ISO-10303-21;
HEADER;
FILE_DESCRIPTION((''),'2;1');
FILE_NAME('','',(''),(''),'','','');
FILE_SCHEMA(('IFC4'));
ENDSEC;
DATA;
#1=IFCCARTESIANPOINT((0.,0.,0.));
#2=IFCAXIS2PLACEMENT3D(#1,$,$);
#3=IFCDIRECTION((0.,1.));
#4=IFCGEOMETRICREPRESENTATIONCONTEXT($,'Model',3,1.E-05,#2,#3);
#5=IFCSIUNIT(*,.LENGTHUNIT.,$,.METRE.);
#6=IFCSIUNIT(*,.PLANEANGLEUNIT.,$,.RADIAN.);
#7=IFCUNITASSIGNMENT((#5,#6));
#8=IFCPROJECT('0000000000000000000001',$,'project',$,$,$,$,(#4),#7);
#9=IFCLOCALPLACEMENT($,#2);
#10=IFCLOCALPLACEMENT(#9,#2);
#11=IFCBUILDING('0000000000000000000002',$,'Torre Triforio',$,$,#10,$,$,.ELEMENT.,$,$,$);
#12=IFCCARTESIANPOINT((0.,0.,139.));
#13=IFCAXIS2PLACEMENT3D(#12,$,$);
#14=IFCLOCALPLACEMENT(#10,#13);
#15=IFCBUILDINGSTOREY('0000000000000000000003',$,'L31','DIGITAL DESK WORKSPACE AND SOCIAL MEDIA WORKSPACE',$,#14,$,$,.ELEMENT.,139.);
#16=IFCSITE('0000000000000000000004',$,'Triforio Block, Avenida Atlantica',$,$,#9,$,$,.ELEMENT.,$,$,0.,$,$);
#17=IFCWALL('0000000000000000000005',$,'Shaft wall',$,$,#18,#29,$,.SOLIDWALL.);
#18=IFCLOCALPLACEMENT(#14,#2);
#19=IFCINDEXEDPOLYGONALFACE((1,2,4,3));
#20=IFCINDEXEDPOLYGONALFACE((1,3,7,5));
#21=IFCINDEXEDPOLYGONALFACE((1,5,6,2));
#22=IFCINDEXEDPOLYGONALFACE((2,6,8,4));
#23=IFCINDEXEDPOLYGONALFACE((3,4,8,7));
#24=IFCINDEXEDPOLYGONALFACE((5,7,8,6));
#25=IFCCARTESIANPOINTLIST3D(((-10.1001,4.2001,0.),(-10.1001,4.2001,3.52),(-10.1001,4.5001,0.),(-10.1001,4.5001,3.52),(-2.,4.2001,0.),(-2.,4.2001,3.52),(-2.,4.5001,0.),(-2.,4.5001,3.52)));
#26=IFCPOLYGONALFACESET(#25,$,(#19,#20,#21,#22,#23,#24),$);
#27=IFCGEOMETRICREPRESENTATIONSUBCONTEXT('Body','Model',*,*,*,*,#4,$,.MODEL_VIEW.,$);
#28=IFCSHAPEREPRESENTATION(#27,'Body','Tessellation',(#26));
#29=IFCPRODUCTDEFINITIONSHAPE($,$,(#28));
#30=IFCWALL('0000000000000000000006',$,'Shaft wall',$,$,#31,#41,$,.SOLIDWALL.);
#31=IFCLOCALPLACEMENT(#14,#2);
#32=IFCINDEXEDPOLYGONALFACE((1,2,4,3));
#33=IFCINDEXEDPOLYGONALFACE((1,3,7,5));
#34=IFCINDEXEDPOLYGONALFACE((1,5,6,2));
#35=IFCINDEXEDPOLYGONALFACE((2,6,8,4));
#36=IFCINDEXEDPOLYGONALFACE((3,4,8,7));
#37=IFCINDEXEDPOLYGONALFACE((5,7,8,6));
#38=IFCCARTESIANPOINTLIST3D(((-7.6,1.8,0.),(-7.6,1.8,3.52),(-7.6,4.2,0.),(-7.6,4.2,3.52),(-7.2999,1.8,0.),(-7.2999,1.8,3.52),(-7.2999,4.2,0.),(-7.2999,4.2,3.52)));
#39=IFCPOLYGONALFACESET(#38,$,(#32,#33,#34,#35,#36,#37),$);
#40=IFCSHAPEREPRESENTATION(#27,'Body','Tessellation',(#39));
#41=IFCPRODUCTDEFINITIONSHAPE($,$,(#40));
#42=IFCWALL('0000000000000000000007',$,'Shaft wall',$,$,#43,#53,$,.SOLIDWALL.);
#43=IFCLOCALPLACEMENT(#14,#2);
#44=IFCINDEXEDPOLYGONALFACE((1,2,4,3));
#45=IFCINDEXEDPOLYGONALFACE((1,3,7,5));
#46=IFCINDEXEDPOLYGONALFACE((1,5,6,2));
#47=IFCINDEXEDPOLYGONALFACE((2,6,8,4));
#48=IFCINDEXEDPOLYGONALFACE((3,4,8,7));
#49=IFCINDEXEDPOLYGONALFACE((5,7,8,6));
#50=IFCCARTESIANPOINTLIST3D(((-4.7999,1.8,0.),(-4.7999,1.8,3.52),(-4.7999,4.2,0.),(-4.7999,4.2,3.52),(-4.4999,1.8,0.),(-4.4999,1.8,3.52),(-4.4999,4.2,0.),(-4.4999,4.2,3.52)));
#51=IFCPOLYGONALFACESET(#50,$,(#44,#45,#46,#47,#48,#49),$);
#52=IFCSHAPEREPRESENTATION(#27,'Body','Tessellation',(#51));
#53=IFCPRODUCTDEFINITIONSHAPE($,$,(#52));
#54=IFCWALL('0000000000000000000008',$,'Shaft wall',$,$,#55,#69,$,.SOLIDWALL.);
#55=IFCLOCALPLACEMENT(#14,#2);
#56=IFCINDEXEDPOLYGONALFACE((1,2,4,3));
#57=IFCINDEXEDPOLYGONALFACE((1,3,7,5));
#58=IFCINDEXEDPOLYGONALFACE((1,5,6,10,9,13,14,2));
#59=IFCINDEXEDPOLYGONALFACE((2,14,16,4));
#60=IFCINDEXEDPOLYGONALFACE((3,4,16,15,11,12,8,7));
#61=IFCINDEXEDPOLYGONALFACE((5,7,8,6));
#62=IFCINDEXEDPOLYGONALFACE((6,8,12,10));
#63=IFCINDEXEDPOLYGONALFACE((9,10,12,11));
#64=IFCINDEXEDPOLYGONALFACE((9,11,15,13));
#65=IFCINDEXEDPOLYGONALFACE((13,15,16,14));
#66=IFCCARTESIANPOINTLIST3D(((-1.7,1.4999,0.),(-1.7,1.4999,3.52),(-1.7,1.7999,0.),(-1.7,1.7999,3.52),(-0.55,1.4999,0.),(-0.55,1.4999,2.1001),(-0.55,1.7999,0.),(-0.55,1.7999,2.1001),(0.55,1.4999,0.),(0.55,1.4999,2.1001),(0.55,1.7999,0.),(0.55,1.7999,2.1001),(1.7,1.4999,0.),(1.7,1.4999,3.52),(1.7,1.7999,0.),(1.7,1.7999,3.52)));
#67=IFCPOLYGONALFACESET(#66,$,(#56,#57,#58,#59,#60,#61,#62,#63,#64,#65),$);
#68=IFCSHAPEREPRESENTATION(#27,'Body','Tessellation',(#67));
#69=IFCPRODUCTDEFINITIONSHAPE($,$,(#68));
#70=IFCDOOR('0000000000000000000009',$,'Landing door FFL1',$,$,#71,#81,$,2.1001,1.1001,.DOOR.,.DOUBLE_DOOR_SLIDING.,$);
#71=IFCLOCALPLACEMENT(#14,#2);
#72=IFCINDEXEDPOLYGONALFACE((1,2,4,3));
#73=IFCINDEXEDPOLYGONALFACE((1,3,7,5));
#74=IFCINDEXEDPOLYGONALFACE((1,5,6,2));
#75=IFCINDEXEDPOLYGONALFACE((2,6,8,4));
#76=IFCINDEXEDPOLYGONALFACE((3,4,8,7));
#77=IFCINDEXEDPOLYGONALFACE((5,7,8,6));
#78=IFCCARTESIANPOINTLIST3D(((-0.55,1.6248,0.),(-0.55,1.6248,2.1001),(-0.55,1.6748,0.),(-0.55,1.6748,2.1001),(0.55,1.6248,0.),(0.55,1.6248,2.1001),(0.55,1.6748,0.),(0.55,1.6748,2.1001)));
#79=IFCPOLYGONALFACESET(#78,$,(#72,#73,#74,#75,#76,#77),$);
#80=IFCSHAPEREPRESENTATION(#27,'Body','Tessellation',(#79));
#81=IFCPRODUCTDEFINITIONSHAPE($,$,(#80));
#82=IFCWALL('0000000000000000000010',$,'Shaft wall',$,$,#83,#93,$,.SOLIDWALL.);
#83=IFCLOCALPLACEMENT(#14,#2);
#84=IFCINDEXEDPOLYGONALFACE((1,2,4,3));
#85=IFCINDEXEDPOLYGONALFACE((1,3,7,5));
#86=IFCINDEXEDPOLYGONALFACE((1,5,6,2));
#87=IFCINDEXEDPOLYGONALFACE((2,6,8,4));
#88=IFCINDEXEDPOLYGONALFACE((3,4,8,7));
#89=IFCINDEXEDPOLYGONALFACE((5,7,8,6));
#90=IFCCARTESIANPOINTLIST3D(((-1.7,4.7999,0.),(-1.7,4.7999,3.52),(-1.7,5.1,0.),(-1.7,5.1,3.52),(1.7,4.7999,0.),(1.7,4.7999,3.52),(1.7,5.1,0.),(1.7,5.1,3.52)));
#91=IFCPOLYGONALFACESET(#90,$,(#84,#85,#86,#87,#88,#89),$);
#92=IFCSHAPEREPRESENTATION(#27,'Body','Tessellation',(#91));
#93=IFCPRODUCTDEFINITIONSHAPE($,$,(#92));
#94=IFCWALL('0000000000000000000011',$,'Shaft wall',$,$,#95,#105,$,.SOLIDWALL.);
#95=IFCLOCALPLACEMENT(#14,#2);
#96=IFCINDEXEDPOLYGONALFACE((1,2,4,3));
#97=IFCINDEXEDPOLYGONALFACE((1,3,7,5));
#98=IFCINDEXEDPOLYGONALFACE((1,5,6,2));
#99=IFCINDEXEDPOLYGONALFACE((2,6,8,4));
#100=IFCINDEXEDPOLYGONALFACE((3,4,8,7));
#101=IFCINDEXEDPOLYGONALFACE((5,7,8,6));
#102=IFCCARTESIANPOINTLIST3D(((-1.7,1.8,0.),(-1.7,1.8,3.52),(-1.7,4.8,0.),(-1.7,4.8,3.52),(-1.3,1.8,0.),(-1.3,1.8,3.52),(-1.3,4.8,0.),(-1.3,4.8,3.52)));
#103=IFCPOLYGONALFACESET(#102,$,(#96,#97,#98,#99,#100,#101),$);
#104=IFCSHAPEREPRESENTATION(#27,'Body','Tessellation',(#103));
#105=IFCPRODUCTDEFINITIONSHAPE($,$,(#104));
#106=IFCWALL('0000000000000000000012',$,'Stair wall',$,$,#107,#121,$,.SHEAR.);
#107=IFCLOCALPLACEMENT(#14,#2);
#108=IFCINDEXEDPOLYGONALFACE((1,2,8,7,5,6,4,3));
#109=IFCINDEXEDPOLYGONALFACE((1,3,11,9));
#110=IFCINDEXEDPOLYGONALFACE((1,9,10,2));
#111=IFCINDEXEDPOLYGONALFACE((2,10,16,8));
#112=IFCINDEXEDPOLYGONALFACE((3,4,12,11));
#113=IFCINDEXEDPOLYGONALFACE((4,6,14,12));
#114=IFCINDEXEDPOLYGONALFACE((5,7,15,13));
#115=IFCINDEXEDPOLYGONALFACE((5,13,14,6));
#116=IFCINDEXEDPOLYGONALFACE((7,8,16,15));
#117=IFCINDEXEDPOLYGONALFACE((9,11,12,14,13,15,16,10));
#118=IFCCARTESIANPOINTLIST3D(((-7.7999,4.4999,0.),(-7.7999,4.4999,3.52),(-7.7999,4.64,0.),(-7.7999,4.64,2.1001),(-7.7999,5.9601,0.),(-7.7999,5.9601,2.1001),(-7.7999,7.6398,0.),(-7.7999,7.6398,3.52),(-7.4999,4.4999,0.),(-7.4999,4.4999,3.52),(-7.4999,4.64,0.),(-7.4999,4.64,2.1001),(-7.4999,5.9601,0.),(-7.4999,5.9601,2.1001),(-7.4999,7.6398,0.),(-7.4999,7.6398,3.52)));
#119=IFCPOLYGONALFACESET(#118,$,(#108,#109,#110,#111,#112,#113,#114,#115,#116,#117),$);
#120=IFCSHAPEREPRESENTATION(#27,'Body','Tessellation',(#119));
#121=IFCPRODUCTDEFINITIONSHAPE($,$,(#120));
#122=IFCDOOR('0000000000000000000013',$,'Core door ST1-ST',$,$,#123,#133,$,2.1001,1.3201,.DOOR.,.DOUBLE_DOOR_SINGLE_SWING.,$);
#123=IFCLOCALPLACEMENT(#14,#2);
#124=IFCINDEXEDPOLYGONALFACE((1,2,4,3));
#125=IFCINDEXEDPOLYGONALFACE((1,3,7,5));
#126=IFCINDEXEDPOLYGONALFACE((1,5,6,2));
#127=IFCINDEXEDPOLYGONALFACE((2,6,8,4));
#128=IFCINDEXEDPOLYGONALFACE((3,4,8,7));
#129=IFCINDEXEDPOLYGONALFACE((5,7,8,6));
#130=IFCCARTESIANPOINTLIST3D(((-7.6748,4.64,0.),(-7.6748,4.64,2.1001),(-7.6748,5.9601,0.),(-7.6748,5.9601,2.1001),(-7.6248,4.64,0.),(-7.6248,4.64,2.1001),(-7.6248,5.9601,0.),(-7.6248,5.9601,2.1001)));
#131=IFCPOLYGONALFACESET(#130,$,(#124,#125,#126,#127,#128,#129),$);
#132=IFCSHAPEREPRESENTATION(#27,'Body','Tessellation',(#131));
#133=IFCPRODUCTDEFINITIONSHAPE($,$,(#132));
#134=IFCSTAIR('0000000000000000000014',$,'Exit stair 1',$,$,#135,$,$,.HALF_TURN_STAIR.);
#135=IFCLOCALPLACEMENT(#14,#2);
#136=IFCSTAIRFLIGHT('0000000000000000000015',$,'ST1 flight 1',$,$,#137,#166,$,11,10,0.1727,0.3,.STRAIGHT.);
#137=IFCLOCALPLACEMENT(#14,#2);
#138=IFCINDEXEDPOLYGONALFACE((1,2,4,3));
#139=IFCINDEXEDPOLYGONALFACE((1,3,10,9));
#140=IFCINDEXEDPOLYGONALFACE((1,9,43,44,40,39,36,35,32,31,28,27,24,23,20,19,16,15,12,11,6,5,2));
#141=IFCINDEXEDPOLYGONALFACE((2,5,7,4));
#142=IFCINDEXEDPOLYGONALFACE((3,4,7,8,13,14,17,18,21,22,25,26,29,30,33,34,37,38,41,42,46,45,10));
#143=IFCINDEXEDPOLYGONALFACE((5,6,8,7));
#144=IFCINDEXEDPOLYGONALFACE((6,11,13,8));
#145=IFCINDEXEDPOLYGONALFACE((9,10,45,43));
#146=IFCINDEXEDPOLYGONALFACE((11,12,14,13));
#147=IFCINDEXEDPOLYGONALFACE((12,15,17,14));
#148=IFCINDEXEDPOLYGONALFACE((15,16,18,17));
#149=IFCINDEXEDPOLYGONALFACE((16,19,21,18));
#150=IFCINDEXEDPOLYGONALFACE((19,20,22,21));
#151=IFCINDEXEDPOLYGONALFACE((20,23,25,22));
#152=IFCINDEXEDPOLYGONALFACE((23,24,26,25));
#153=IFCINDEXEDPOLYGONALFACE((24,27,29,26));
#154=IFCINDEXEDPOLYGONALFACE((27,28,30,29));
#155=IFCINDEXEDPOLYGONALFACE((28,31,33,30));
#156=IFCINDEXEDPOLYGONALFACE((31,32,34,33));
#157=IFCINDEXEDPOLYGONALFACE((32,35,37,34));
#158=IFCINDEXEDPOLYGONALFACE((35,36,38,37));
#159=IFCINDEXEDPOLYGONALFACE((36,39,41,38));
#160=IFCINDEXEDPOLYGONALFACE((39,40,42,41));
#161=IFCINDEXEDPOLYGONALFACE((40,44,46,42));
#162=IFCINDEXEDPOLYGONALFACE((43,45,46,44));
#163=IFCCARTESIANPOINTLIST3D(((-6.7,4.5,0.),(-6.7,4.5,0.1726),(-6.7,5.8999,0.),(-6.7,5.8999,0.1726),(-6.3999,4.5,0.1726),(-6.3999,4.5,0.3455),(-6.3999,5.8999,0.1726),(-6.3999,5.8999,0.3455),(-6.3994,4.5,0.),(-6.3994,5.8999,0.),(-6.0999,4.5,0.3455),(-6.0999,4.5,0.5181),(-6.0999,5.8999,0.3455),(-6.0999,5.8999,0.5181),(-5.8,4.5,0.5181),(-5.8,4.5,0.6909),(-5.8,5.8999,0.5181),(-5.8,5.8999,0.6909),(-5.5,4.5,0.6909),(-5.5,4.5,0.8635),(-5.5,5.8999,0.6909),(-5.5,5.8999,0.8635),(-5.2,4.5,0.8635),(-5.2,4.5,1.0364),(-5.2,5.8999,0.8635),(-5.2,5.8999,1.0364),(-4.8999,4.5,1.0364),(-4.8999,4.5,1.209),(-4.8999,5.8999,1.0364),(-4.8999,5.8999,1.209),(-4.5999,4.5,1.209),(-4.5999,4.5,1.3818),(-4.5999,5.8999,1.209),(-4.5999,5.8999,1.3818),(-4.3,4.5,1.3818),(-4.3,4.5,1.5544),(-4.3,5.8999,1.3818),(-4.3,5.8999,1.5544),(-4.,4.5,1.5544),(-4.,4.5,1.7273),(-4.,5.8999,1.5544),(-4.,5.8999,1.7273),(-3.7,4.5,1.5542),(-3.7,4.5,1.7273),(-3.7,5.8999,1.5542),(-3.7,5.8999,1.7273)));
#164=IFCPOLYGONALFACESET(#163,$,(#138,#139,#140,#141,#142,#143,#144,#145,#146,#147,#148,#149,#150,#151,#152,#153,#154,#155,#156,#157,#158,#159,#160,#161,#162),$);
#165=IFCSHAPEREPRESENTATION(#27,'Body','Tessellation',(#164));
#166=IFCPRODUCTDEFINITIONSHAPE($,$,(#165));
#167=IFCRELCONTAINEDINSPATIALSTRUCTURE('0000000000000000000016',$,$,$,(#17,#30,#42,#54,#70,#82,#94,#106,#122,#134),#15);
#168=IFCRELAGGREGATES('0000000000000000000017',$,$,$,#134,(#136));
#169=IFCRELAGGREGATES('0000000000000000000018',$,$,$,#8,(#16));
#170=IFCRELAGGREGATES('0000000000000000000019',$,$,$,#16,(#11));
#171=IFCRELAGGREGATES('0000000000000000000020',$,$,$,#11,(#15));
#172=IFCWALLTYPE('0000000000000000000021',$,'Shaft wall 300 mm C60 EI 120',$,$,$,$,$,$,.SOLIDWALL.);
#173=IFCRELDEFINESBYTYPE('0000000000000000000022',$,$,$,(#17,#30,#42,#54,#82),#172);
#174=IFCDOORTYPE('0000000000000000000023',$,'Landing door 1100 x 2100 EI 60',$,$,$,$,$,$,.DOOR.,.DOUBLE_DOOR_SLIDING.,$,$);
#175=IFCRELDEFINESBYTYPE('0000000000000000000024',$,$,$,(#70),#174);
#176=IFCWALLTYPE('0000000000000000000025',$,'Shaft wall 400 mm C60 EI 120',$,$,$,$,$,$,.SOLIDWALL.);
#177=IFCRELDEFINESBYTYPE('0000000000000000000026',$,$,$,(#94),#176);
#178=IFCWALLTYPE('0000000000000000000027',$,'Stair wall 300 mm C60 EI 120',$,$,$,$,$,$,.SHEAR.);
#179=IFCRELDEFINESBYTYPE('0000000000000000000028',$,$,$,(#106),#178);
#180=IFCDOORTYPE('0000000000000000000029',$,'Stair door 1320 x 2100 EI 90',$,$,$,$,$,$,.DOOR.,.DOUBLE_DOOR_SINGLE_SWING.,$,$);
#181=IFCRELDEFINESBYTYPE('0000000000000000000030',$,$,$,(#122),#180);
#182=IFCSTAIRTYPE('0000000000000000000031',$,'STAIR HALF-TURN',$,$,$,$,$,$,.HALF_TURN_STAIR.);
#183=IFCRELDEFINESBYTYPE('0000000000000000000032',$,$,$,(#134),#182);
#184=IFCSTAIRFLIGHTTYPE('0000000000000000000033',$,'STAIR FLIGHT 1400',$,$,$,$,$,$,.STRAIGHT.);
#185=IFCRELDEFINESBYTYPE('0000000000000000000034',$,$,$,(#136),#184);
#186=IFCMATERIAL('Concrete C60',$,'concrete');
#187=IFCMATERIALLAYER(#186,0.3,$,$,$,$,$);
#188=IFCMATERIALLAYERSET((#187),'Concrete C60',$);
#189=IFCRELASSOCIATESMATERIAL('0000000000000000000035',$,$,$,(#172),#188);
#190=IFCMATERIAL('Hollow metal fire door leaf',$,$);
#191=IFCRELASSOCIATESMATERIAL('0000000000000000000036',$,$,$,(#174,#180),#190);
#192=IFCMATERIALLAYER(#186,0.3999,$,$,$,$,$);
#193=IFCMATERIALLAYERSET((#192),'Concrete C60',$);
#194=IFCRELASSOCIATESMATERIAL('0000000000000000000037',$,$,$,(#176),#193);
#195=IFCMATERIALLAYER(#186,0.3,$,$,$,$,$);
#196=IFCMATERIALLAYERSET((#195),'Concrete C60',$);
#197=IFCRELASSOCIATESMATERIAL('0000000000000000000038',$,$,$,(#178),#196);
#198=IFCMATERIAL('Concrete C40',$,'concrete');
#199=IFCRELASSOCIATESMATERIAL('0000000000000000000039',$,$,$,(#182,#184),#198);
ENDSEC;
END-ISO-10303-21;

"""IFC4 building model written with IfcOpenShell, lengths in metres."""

from ifc_helpers import new_model, si_unit, direction, frame, frame_2d, origin, place, context, subcontext, project, spatial, polyline, rectangle, outline, extrude, material, layer, layer_set, type_object, element, fill, aggregate, save


model = new_model("IFC4")

# Units and contexts
model_context = context("Model", 3, precision=1e-05, world=origin(), true_north=direction((0.0, 1.0)))
body_context = subcontext(model_context, "Body", "Model", "MODEL_VIEW")
ifc_project = project(units=[si_unit("LENGTHUNIT", "METRE"), si_unit("PLANEANGLEUNIT", "RADIAN")], contexts=[model_context])

# Site, building, storey
site_placement = place(None, origin())
site = spatial("IfcSite", under=ifc_project, at=site_placement, Name="Triforio Block, Avenida Atlantica", CompositionType="ELEMENT", RefElevation=0.0)
building_placement = place(site_placement, origin())
building = spatial("IfcBuilding", under=site, at=building_placement, Name="Torre Triforio", CompositionType="ELEMENT")
storey_placement = place(building_placement, frame((0.0, 0.0, 139.0)))
storey = spatial("IfcBuildingStorey", under=building, at=storey_placement, Name="L31", Description="DIGITAL DESK WORKSPACE AND SOCIAL MEDIA WORKSPACE", CompositionType="ELEMENT", Elevation=139.0)

# Walls
ifc_material_1 = material(Name="Concrete C60", Category="concrete")
ifc_layer_1 = layer(ifc_material_1, 0.3)
ifc_layer_set_1 = layer_set([ifc_layer_1], Name="Concrete C60")
wall_type_1 = type_object("IfcWallType", Name="Shaft wall 300 mm C60 EI 120", PredefinedType="SOLIDWALL", material=ifc_layer_set_1)
wall_1_placement = place(storey_placement, frame((-10.1001, 4.3501, 0.0), z_axis=(0.0, 0.0, 1.0), x_axis=(1.0, 0.0, 0.0)))
element("IfcWall", 1, at=wall_1_placement, inside=storey, type_object=wall_type_1, Name="Shaft wall", PredefinedType="SOLIDWALL", context=body_context, shape_type="SweptSolid", body=[
    extrude(rectangle(XDim=8.1001, YDim=0.3, at=frame_2d((4.05, 0.0))), origin(), (0.0, 0.0, 1.0), 3.52),
])
for number, where, z_axis, x_axis, name in (
    (2, (-7.45, 1.8, 0.0), (0.0, 0.0, 1.0), (0.0, 1.0, 0.0), "Shaft wall"),
    (3, (-4.6499, 1.8, 0.0), (0.0, 0.0, 1.0), (0.0, 1.0, 0.0), "Shaft wall"),
):
    element("IfcWall", number, at=place(storey_placement, frame(where, z_axis=z_axis, x_axis=x_axis)), inside=storey, type_object=wall_type_1, Name=name, PredefinedType="SOLIDWALL", context=body_context, shape_type="SweptSolid", body=[
        extrude(rectangle(XDim=2.3999, YDim=0.3, at=frame_2d((1.2, 0.0))), origin(), (0.0, 0.0, 1.0), 3.52),
    ])

# Wall, opening, door
wall_2_placement = place(storey_placement, frame((-1.7, 1.6499, 0.0), z_axis=(0.0, 0.0, 1.0), x_axis=(1.0, 0.0, 0.0)))
wall_2 = element("IfcWall", 4, at=wall_2_placement, inside=storey, type_object=wall_type_1, Name="Shaft wall", PredefinedType="SOLIDWALL", context=body_context, shape_type="SweptSolid", body=[
    extrude(rectangle(XDim=3.3999, YDim=0.3, at=frame_2d((1.7, 0.0))), origin(), (0.0, 0.0, 1.0), 3.52),
])
opening_1_placement = place(wall_2_placement, frame((1.1499, 0.0, 0.0)))
opening_1 = element("IfcOpeningElement", 5, at=opening_1_placement, cuts=wall_2, PredefinedType="OPENING", context=body_context, shape_type="SweptSolid", body=[
    extrude(rectangle(XDim=1.1001, YDim=2.1001, at=frame_2d((0.55, 1.05))), frame((0.0, 0.1599, 0.0), z_axis=(0.0, -1.0, 0.0), x_axis=(1.0, 0.0, 0.0)), (0.0, 0.0, 1.0), 0.3201),
])
ifc_material_2 = material(Name="Hollow metal fire door leaf")
door_type_1 = type_object("IfcDoorType", Name="Landing door 1100 x 2100 EI 60", OperationType="DOUBLE_DOOR_SLIDING", PredefinedType="DOOR", material=ifc_material_2)
door_1_placement = place(opening_1_placement, origin())
door_1 = element("IfcDoor", 6, at=door_1_placement, inside=storey, type_object=door_type_1, Name="Landing door FFL1", OperationType="DOUBLE_DOOR_SLIDING", OverallHeight=2.1001, OverallWidth=1.1001, PredefinedType="DOOR", context=body_context, shape_type="SweptSolid", body=[
    extrude(rectangle(XDim=1.1001, YDim=2.1001, at=frame_2d((0.55, 1.05))), frame((0.0, 0.0249, 0.0), z_axis=(0.0, -1.0, 0.0), x_axis=(1.0, 0.0, 0.0)), (0.0, 0.0, 1.0), 0.05),
])
fill(opening_1, door_1)

# Walls
wall_3_placement = place(storey_placement, frame((-1.7, 4.95, 0.0), z_axis=(0.0, 0.0, 1.0), x_axis=(1.0, 0.0, 0.0)))
element("IfcWall", 7, at=wall_3_placement, inside=storey, type_object=wall_type_1, Name="Shaft wall", PredefinedType="SOLIDWALL", context=body_context, shape_type="SweptSolid", body=[
    extrude(rectangle(XDim=3.3999, YDim=0.3, at=frame_2d((1.7, 0.0))), origin(), (0.0, 0.0, 1.0), 3.52),
])
ifc_layer_2 = layer(ifc_material_1, 0.3999)
ifc_layer_set_2 = layer_set([ifc_layer_2], Name="Concrete C60")
wall_type_2 = type_object("IfcWallType", Name="Shaft wall 400 mm C60 EI 120", PredefinedType="SOLIDWALL", material=ifc_layer_set_2)
wall_4_placement = place(storey_placement, frame((-1.5, 1.8, 0.0), z_axis=(0.0, 0.0, 1.0), x_axis=(0.0, 1.0, 0.0)))
element("IfcWall", 8, at=wall_4_placement, inside=storey, type_object=wall_type_2, Name="Shaft wall", PredefinedType="SOLIDWALL", context=body_context, shape_type="SweptSolid", body=[
    extrude(rectangle(XDim=3.0, YDim=0.3999, at=frame_2d((1.5, 0.0))), origin(), (0.0, 0.0, 1.0), 3.52),
])

# Wall, opening, door
ifc_layer_3 = layer(ifc_material_1, 0.3)
ifc_layer_set_3 = layer_set([ifc_layer_3], Name="Concrete C60")
wall_type_3 = type_object("IfcWallType", Name="Stair wall 300 mm C60 EI 120", PredefinedType="SHEAR", material=ifc_layer_set_3)
wall_5_placement = place(storey_placement, frame((-7.6499, 4.5, 0.0), z_axis=(0.0, 0.0, 1.0), x_axis=(0.0, 1.0, 0.0)))
wall_5 = element("IfcWall", 9, at=wall_5_placement, inside=storey, type_object=wall_type_3, Name="Stair wall", PredefinedType="SHEAR", context=body_context, shape_type="SweptSolid", body=[
    extrude(rectangle(XDim=3.1399, YDim=0.3, at=frame_2d((1.5698, 0.0))), origin(), (0.0, 0.0, 1.0), 3.52),
])
opening_2_placement = place(wall_5_placement, frame((0.1399, 0.0, 0.0)))
opening_2 = element("IfcOpeningElement", 10, at=opening_2_placement, cuts=wall_5, PredefinedType="OPENING", context=body_context, shape_type="SweptSolid", body=[
    extrude(rectangle(XDim=1.3201, YDim=2.1001, at=frame_2d((0.6602, 1.05))), frame((0.0, 0.1599, 0.0), z_axis=(0.0, -1.0, 0.0), x_axis=(1.0, 0.0, 0.0)), (0.0, 0.0, 1.0), 0.3201),
])
door_type_2 = type_object("IfcDoorType", Name="Stair door 1320 x 2100 EI 90", OperationType="DOUBLE_DOOR_SINGLE_SWING", PredefinedType="DOOR", material=ifc_material_2)
door_2_placement = place(opening_2_placement, origin())
door_2 = element("IfcDoor", 11, at=door_2_placement, inside=storey, type_object=door_type_2, Name="Core door ST1-ST", OperationType="DOUBLE_DOOR_SINGLE_SWING", OverallHeight=2.1001, OverallWidth=1.3201, PredefinedType="DOOR", context=body_context, shape_type="SweptSolid", body=[
    extrude(rectangle(XDim=1.3201, YDim=2.1001, at=frame_2d((0.6602, 1.05))), frame((0.0, 0.0249, 0.0), z_axis=(0.0, -1.0, 0.0), x_axis=(1.0, 0.0, 0.0)), (0.0, 0.0, 1.0), 0.05),
])
fill(opening_2, door_2)

# Stair, stair flight
ifc_material_3 = material(Name="Concrete C40", Category="concrete")
stair_type = type_object("IfcStairType", Name="STAIR HALF-TURN", PredefinedType="HALF_TURN_STAIR", material=ifc_material_3)
stair_placement = place(storey_placement, origin())
stair = element("IfcStair", 12, at=stair_placement, inside=storey, type_object=stair_type, Name="Exit stair 1", PredefinedType="HALF_TURN_STAIR")
stair_flight_type = type_object("IfcStairFlightType", Name="STAIR FLIGHT 1400", PredefinedType="STRAIGHT", material=ifc_material_3)
stair_flight_placement = place(storey_placement, frame((-6.7, 5.2, 0.0), z_axis=(0.0, 0.0, 1.0), x_axis=(1.0, 0.0, 0.0)))
stair_flight = element("IfcStairFlight", 13, at=stair_flight_placement, type_object=stair_flight_type, Name="ST1 flight 1", NumberOfRisers=11, NumberOfTreads=10, PredefinedType="STRAIGHT", RiserHeight=0.1727, TreadLength=0.3, context=body_context, shape_type="SweptSolid", body=[
    extrude(outline(polyline([(0.0, 0.0), (0.0, 0.1726), (0.3, 0.1726), (0.3, 0.3455), (0.6001, 0.3455), (0.6001, 0.5181), (0.8999, 0.5181), (0.8999, 0.6909), (1.2, 0.6909), (1.2, 0.8635), (1.5, 0.8635), (1.5, 1.0364), (1.8, 1.0364), (1.8, 1.209), (2.1001, 1.209), (2.1001, 1.3818), (2.3999, 1.3818), (2.3999, 1.5544), (2.7, 1.5544), (2.7, 1.7273), (3.0, 1.7273), (3.0, 1.8999), (3.0, 1.5542), (0.3005, 0.0), (0.0, 0.0)])), frame((0.0, 0.7, 0.0), z_axis=(0.0, -1.0, 0.0), x_axis=(1.0, 0.0, 0.0)), (0.0, 0.0, 1.0), 1.3999),
])
aggregate(stair, [stair_flight])

save(model, "model.ifc")
